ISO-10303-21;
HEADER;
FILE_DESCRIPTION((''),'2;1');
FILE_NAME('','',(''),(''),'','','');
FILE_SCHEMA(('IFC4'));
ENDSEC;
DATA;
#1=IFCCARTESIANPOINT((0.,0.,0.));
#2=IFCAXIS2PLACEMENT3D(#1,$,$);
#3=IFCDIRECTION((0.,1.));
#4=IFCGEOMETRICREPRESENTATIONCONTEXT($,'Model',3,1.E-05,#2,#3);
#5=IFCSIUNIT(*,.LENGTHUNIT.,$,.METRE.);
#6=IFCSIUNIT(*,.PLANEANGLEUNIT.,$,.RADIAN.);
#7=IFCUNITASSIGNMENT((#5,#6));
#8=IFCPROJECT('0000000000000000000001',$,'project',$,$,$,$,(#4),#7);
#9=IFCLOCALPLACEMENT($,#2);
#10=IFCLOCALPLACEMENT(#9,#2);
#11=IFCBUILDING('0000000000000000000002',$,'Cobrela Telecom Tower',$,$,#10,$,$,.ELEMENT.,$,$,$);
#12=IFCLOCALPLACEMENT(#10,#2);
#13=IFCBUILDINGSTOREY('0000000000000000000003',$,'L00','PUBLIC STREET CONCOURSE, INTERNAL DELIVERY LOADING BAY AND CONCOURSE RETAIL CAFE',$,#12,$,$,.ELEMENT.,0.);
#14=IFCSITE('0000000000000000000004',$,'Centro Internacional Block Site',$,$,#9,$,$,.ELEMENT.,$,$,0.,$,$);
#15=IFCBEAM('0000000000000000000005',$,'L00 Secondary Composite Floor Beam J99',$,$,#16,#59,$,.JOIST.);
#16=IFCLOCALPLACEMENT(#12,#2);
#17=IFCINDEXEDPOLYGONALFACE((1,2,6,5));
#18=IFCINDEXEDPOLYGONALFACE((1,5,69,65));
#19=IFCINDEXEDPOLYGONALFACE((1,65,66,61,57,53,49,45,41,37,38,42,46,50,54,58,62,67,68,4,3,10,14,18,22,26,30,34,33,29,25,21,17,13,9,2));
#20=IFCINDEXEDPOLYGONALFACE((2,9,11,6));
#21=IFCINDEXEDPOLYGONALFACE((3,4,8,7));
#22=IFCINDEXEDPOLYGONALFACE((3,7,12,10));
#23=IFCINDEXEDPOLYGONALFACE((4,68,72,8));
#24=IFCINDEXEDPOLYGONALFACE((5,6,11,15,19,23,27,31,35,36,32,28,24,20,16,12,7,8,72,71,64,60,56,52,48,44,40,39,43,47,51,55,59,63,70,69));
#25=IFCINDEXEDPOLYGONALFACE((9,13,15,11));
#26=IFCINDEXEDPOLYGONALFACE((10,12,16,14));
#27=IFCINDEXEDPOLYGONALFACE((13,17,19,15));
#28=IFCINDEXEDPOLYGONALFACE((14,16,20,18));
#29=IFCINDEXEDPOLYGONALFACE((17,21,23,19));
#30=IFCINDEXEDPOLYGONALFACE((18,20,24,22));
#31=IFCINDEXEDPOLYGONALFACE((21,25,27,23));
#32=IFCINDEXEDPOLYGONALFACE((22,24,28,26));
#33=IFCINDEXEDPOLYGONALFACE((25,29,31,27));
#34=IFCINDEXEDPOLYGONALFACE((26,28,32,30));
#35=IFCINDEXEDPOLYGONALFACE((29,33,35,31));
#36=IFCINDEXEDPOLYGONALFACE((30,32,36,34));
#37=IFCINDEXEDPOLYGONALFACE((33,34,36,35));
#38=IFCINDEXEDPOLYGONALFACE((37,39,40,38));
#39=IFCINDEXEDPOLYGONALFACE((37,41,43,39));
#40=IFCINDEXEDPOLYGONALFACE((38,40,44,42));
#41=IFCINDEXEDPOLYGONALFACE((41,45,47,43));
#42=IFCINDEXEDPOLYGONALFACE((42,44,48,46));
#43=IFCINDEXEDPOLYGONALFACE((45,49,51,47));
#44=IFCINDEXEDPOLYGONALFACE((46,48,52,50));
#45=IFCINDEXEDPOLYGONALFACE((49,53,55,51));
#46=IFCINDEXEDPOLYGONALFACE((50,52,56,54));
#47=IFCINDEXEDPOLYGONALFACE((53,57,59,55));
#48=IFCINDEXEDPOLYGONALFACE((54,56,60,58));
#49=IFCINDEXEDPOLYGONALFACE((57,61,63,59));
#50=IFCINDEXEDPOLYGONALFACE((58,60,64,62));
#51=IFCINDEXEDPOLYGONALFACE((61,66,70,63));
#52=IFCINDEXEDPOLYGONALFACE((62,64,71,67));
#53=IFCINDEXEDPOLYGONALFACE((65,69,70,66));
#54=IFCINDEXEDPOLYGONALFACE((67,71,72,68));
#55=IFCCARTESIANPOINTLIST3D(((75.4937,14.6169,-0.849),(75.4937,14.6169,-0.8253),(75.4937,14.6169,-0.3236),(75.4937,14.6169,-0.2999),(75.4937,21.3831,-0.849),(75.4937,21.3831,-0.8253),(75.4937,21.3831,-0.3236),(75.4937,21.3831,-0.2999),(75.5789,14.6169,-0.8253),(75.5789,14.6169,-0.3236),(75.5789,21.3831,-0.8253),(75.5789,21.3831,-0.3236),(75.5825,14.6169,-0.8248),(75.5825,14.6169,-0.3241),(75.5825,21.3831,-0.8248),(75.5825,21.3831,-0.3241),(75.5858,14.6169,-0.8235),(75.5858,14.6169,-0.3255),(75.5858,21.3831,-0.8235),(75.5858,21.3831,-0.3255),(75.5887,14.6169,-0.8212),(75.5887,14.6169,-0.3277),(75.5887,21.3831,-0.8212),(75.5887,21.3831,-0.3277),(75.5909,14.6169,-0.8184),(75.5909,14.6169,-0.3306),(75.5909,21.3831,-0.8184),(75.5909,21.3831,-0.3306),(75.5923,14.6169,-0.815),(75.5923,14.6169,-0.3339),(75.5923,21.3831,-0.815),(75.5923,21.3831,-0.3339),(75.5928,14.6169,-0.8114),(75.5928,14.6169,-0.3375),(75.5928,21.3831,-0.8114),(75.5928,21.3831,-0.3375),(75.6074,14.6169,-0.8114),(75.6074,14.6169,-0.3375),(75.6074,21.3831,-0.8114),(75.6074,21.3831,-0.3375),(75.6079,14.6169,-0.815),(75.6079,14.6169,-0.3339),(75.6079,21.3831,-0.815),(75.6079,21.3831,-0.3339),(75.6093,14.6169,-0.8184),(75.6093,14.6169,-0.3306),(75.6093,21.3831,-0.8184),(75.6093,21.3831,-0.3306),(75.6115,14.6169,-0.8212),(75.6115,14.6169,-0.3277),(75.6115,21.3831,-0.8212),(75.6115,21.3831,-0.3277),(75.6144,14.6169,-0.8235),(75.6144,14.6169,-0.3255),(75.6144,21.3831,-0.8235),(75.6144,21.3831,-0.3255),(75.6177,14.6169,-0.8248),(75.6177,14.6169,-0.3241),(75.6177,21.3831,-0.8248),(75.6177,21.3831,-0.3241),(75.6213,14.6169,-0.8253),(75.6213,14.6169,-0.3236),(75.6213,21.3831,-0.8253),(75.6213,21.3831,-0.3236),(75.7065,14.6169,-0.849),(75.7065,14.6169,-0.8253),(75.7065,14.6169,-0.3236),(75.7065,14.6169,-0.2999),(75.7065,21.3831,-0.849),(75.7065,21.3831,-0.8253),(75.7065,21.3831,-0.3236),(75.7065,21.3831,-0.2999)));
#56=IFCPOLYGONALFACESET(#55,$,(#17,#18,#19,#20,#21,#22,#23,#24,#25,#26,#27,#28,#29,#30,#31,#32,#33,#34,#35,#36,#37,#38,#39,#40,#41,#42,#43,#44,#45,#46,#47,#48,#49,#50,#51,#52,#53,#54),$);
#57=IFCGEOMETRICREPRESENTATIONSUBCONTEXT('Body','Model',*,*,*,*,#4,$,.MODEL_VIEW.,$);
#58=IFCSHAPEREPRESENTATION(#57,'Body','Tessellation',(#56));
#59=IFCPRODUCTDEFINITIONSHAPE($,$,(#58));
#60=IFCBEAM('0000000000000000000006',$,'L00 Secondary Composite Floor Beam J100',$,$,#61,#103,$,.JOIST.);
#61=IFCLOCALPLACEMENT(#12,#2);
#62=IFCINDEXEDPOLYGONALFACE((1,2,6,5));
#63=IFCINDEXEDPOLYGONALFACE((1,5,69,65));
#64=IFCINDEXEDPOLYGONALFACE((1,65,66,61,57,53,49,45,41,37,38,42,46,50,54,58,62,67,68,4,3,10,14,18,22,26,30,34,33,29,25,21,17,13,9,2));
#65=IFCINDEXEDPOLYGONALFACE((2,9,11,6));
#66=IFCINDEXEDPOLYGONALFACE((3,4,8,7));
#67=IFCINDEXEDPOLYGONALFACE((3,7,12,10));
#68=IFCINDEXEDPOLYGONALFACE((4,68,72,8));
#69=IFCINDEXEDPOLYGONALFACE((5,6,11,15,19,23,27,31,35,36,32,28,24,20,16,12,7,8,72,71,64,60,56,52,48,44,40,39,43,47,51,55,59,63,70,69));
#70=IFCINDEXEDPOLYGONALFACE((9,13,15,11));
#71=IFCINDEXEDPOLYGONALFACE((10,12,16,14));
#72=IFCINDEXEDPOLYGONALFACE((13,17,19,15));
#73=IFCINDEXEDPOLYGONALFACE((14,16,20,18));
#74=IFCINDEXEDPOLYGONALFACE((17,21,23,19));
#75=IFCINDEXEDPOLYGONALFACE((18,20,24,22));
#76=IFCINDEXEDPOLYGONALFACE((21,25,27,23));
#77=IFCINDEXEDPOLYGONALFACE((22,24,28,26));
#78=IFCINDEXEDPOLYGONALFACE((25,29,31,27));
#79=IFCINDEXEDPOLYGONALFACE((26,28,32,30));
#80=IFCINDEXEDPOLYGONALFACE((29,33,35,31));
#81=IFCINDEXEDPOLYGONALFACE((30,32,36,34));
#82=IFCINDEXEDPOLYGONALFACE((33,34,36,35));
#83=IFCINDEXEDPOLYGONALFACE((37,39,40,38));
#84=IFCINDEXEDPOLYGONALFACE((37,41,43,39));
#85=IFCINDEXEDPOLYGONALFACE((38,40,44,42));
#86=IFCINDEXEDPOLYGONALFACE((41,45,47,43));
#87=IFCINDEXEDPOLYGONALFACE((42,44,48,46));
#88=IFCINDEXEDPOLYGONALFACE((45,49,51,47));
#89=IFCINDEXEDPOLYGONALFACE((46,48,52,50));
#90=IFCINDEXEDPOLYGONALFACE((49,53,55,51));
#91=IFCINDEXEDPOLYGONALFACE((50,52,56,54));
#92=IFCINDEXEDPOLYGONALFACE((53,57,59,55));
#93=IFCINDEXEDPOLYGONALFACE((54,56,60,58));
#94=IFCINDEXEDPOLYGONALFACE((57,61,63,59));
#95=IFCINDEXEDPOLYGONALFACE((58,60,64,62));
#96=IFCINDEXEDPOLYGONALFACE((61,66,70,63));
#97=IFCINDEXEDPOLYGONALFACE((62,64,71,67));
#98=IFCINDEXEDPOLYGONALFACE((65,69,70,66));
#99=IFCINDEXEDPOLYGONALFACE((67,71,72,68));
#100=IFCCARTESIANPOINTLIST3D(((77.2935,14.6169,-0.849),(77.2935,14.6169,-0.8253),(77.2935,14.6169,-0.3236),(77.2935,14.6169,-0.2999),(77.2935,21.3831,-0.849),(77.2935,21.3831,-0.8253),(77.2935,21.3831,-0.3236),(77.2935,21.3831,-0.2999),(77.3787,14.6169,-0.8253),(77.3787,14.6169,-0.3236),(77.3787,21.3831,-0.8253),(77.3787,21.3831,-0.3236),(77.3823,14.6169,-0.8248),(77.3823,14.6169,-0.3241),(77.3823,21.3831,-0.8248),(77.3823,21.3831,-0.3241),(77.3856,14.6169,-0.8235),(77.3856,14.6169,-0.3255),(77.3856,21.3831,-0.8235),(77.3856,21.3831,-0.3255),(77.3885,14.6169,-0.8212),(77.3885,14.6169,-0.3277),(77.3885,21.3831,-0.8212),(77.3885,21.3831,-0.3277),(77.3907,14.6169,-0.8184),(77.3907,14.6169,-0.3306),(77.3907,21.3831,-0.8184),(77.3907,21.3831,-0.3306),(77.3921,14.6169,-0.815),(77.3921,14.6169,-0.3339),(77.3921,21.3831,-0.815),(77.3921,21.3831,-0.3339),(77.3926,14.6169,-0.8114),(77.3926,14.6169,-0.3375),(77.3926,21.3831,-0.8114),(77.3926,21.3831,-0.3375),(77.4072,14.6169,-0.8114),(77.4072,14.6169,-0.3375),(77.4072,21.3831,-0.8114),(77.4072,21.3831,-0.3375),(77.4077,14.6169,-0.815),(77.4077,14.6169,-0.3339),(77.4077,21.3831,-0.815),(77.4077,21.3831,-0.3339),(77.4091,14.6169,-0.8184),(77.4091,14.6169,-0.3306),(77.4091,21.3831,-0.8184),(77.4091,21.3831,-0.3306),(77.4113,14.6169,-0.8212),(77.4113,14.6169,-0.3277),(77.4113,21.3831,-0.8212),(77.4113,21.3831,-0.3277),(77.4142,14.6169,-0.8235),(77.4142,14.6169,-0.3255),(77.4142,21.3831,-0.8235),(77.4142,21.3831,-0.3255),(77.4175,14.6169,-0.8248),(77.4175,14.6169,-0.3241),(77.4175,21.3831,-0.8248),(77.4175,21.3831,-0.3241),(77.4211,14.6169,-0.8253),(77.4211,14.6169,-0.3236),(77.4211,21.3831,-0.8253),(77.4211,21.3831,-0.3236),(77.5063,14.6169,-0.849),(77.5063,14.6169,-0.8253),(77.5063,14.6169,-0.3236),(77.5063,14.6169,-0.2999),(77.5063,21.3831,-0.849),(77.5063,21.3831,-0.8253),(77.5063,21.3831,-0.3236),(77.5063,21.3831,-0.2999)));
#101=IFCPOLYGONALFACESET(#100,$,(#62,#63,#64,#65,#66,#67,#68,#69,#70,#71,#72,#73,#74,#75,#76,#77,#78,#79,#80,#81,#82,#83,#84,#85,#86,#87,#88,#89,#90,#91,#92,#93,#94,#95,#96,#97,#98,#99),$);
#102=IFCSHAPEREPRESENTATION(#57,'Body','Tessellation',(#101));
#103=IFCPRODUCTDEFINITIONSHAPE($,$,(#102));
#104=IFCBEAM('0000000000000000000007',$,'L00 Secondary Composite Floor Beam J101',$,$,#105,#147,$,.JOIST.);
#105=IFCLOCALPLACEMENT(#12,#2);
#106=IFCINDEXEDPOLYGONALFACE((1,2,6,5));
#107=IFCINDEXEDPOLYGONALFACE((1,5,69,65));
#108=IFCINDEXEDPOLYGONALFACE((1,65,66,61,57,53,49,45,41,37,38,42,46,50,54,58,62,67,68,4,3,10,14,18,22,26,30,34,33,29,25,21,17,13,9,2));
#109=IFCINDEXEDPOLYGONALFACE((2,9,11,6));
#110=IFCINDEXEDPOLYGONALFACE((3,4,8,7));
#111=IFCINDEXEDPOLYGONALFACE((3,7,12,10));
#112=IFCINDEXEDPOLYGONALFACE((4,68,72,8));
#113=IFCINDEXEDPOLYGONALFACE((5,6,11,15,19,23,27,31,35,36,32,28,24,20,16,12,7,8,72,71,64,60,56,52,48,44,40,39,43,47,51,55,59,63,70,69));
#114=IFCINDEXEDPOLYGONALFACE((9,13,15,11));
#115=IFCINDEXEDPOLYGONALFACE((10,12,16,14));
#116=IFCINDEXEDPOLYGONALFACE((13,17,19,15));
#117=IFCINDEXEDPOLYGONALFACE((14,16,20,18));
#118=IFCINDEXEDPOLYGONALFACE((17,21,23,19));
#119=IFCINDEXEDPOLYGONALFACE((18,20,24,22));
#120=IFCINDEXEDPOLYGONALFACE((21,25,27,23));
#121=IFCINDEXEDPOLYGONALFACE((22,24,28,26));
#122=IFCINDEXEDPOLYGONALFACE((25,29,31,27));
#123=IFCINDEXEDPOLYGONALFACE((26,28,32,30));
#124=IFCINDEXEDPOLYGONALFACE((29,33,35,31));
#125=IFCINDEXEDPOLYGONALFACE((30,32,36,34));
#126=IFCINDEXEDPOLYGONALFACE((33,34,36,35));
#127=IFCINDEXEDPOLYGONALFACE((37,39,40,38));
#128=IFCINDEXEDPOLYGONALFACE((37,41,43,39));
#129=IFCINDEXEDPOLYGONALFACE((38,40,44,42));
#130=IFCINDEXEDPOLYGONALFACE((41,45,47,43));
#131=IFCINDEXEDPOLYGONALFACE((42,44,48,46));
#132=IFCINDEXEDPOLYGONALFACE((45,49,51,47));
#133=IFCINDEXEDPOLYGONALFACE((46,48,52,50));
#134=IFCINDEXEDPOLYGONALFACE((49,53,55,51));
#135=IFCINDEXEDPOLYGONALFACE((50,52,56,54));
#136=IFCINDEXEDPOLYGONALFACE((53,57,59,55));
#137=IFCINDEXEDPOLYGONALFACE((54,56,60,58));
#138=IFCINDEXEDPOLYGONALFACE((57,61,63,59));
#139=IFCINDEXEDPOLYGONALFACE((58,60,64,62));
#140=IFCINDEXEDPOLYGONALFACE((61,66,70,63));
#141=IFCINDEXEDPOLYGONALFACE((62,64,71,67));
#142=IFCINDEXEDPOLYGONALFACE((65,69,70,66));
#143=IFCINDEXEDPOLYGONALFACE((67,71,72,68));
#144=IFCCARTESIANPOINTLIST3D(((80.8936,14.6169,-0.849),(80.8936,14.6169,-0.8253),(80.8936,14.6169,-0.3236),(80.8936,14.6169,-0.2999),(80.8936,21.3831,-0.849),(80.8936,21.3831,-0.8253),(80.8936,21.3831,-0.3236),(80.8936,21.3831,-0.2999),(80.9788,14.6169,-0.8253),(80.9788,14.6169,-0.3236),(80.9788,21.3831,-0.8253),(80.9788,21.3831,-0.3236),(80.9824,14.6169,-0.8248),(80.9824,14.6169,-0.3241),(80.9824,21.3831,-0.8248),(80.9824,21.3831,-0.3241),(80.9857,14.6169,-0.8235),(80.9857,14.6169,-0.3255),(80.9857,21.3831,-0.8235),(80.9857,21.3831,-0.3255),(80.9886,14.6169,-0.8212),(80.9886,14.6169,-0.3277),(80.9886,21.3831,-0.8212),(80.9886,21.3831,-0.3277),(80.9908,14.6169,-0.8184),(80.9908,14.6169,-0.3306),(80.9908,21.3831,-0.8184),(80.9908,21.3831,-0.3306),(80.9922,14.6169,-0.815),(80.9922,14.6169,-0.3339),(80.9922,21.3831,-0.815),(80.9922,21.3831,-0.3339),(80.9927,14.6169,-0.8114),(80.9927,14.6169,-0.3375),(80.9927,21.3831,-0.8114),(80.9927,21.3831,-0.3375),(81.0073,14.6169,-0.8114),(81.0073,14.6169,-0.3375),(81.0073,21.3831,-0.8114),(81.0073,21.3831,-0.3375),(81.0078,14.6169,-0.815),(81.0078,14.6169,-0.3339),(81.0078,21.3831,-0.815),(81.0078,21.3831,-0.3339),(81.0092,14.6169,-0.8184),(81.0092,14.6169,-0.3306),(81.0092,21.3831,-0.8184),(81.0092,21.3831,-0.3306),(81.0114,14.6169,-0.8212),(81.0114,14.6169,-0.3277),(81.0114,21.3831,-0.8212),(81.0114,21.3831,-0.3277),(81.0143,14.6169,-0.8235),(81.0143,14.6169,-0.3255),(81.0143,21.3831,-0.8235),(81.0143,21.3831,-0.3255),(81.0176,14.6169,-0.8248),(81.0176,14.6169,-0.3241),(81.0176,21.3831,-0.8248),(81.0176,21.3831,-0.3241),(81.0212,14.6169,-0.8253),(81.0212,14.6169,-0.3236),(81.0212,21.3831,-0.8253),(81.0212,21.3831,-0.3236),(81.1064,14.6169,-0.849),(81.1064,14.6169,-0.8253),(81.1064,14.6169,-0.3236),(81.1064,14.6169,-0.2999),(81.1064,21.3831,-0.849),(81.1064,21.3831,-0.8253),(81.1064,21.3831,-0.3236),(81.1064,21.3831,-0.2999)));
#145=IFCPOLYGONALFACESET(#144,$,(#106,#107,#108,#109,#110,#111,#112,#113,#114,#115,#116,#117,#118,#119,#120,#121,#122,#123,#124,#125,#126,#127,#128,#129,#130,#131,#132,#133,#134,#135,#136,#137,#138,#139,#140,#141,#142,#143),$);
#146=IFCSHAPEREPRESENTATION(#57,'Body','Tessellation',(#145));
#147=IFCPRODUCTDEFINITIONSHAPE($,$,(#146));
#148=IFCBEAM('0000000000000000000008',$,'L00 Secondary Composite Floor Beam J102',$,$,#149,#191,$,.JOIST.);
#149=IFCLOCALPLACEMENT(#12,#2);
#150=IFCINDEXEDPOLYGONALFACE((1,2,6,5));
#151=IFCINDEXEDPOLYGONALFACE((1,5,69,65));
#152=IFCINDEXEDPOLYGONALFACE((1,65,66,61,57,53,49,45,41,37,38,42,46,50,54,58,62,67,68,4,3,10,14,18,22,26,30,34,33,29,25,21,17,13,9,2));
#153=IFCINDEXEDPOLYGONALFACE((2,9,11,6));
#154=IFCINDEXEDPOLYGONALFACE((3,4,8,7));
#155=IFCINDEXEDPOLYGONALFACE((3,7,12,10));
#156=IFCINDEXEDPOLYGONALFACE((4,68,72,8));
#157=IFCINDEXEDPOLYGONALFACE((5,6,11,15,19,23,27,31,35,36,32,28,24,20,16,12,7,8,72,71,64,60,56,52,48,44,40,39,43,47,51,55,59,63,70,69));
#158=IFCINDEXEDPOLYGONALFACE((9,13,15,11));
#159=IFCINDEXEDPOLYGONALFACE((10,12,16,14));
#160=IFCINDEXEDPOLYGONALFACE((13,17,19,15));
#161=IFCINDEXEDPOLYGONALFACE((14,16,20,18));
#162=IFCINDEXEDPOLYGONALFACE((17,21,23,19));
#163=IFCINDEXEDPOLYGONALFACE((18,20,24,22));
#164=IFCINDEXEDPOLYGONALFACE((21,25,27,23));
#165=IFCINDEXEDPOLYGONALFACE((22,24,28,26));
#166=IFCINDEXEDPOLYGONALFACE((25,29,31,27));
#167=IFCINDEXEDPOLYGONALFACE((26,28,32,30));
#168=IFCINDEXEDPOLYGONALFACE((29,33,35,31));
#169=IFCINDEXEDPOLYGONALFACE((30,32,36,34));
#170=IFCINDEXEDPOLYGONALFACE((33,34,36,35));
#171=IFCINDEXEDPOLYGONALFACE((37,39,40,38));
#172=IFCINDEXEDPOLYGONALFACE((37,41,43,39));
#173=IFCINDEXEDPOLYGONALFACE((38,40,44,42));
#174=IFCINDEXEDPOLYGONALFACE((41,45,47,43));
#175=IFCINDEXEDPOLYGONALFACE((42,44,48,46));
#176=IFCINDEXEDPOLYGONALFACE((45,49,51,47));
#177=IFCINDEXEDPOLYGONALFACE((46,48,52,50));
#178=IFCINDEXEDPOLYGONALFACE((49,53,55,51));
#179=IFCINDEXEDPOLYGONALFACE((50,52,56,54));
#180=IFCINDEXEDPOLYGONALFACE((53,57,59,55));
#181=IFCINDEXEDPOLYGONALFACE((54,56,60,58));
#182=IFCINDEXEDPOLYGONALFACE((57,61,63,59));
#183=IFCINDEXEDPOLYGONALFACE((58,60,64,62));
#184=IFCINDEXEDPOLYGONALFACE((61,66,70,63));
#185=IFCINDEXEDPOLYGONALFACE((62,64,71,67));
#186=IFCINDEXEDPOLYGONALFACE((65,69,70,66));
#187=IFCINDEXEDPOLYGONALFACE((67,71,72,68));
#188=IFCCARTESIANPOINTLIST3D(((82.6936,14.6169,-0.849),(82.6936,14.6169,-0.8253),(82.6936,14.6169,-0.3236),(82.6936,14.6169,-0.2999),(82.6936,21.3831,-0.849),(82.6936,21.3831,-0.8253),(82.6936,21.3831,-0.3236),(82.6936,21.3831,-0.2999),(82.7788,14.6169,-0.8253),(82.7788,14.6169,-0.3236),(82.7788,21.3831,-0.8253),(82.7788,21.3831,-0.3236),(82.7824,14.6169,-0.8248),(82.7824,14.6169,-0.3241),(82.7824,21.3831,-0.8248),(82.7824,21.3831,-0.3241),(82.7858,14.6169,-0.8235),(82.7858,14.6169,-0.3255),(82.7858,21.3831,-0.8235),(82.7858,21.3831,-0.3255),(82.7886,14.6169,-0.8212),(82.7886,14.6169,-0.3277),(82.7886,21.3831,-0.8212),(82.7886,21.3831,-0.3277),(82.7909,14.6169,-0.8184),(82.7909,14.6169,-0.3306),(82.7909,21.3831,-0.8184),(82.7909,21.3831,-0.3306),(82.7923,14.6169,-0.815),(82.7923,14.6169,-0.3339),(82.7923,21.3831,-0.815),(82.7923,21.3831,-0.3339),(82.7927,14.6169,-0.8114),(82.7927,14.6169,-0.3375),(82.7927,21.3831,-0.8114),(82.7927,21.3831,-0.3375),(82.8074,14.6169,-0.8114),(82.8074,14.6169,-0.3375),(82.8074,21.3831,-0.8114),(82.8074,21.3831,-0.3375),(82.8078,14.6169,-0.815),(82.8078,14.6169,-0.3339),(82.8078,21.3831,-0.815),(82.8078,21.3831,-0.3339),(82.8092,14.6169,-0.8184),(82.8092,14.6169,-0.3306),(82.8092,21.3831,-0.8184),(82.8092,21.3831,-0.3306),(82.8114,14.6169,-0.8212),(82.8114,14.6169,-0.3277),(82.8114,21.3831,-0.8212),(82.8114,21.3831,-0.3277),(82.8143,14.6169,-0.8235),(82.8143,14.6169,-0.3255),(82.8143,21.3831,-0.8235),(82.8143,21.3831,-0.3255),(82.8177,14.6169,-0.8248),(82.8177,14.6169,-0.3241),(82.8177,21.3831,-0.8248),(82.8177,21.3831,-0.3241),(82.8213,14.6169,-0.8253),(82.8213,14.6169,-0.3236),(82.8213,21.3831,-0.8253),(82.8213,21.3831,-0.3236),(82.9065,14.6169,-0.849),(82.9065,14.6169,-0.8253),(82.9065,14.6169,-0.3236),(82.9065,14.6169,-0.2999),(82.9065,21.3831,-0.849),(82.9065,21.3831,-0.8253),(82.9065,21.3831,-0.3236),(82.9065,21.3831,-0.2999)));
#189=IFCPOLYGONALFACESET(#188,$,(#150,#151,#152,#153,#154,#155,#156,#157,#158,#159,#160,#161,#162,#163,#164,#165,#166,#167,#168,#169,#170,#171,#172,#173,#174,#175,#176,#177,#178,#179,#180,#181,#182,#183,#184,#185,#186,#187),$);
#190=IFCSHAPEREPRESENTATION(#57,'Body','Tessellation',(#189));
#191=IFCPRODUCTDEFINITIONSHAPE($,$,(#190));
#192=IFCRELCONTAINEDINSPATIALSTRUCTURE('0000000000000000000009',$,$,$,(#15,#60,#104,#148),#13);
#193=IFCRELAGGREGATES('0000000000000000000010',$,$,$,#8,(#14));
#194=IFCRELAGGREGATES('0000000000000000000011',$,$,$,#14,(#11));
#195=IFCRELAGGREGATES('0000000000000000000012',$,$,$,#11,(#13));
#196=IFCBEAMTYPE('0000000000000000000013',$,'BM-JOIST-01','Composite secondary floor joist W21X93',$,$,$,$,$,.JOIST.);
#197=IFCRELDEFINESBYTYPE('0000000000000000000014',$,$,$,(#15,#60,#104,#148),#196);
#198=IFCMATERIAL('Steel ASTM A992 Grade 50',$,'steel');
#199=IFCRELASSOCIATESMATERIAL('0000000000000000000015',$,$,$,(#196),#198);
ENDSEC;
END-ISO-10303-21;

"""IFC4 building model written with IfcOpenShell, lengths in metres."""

from ifc_helpers import new_model, si_unit, direction, frame, origin, origin_2d, place, context, subcontext, project, spatial, i_section, extrude, material, material_profile, profile_set, type_object, element, save


model = new_model("IFC4")

# Units and contexts
model_context = context("Model", 3, precision=1e-05, world=origin(), true_north=direction((0.0, 1.0)))
body_context = subcontext(model_context, "Body", "Model", "MODEL_VIEW")
ifc_project = project(units=[si_unit("LENGTHUNIT", "METRE"), si_unit("PLANEANGLEUNIT", "RADIAN")], contexts=[model_context])

# Site, building, storey
site_placement = place(None, origin())
site = spatial("IfcSite", under=ifc_project, at=site_placement, Name="Centro Internacional Block Site", CompositionType="ELEMENT", RefElevation=0.0)
building_placement = place(site_placement, origin())
building = spatial("IfcBuilding", under=site, at=building_placement, Name="Cobrela Telecom Tower", CompositionType="ELEMENT")
storey_placement = place(building_placement, origin())
storey = spatial("IfcBuildingStorey", under=building, at=storey_placement, Name="L00", Description="PUBLIC STREET CONCOURSE, INTERNAL DELIVERY LOADING BAY AND CONCOURSE RETAIL CAFE", CompositionType="ELEMENT", Elevation=0.0)

# Beams
ifc_material_1 = material(Name="Steel ASTM A992 Grade 50", Category="steel")
ifc_material_profile_1 = material_profile(ifc_material_1, i_section(OverallWidth=0.2129, OverallDepth=0.5491, WebThickness=0.0146, FlangeThickness=0.0237, FilletRadius=0.0139, at=origin_2d()), Name="W21X93")
ifc_profile_set_1 = profile_set([ifc_material_profile_1], Name="Steel ASTM A992 Grade 50")
beam_type_1 = type_object("IfcBeamType", Name="BM-JOIST-01", Description="Composite secondary floor joist W21X93", PredefinedType="JOIST", material=ifc_profile_set_1)
for number, where, z_axis, x_axis, name in (
    (1, (75.6001, 14.6169, -0.5745), (0.0, 1.0, 0.0), (-1.0, 0.0, 0.0), "L00 Secondary Composite Floor Beam J99"),
    (2, (77.3999, 14.6169, -0.5745), (0.0, 1.0, 0.0), (-1.0, 0.0, 0.0), "L00 Secondary Composite Floor Beam J100"),
    (3, (81.0, 14.6169, -0.5745), (0.0, 1.0, 0.0), (-1.0, 0.0, 0.0), "L00 Secondary Composite Floor Beam J101"),
    (4, (82.8, 14.6169, -0.5745), (0.0, 1.0, 0.0), (-1.0, 0.0, 0.0), "L00 Secondary Composite Floor Beam J102"),
):
    element("IfcBeam", number, at=place(storey_placement, frame(where, z_axis=z_axis, x_axis=x_axis)), inside=storey, type_object=beam_type_1, Name=name, PredefinedType="JOIST", context=body_context, shape_type="SweptSolid", body=[
        extrude(i_section(OverallWidth=0.2129, OverallDepth=0.5491, WebThickness=0.0146, FlangeThickness=0.0237, FilletRadius=0.0139, at=origin_2d()), origin(), (0.0, 0.0, 1.0), 6.7661),
    ])

save(model, "model.ifc")
